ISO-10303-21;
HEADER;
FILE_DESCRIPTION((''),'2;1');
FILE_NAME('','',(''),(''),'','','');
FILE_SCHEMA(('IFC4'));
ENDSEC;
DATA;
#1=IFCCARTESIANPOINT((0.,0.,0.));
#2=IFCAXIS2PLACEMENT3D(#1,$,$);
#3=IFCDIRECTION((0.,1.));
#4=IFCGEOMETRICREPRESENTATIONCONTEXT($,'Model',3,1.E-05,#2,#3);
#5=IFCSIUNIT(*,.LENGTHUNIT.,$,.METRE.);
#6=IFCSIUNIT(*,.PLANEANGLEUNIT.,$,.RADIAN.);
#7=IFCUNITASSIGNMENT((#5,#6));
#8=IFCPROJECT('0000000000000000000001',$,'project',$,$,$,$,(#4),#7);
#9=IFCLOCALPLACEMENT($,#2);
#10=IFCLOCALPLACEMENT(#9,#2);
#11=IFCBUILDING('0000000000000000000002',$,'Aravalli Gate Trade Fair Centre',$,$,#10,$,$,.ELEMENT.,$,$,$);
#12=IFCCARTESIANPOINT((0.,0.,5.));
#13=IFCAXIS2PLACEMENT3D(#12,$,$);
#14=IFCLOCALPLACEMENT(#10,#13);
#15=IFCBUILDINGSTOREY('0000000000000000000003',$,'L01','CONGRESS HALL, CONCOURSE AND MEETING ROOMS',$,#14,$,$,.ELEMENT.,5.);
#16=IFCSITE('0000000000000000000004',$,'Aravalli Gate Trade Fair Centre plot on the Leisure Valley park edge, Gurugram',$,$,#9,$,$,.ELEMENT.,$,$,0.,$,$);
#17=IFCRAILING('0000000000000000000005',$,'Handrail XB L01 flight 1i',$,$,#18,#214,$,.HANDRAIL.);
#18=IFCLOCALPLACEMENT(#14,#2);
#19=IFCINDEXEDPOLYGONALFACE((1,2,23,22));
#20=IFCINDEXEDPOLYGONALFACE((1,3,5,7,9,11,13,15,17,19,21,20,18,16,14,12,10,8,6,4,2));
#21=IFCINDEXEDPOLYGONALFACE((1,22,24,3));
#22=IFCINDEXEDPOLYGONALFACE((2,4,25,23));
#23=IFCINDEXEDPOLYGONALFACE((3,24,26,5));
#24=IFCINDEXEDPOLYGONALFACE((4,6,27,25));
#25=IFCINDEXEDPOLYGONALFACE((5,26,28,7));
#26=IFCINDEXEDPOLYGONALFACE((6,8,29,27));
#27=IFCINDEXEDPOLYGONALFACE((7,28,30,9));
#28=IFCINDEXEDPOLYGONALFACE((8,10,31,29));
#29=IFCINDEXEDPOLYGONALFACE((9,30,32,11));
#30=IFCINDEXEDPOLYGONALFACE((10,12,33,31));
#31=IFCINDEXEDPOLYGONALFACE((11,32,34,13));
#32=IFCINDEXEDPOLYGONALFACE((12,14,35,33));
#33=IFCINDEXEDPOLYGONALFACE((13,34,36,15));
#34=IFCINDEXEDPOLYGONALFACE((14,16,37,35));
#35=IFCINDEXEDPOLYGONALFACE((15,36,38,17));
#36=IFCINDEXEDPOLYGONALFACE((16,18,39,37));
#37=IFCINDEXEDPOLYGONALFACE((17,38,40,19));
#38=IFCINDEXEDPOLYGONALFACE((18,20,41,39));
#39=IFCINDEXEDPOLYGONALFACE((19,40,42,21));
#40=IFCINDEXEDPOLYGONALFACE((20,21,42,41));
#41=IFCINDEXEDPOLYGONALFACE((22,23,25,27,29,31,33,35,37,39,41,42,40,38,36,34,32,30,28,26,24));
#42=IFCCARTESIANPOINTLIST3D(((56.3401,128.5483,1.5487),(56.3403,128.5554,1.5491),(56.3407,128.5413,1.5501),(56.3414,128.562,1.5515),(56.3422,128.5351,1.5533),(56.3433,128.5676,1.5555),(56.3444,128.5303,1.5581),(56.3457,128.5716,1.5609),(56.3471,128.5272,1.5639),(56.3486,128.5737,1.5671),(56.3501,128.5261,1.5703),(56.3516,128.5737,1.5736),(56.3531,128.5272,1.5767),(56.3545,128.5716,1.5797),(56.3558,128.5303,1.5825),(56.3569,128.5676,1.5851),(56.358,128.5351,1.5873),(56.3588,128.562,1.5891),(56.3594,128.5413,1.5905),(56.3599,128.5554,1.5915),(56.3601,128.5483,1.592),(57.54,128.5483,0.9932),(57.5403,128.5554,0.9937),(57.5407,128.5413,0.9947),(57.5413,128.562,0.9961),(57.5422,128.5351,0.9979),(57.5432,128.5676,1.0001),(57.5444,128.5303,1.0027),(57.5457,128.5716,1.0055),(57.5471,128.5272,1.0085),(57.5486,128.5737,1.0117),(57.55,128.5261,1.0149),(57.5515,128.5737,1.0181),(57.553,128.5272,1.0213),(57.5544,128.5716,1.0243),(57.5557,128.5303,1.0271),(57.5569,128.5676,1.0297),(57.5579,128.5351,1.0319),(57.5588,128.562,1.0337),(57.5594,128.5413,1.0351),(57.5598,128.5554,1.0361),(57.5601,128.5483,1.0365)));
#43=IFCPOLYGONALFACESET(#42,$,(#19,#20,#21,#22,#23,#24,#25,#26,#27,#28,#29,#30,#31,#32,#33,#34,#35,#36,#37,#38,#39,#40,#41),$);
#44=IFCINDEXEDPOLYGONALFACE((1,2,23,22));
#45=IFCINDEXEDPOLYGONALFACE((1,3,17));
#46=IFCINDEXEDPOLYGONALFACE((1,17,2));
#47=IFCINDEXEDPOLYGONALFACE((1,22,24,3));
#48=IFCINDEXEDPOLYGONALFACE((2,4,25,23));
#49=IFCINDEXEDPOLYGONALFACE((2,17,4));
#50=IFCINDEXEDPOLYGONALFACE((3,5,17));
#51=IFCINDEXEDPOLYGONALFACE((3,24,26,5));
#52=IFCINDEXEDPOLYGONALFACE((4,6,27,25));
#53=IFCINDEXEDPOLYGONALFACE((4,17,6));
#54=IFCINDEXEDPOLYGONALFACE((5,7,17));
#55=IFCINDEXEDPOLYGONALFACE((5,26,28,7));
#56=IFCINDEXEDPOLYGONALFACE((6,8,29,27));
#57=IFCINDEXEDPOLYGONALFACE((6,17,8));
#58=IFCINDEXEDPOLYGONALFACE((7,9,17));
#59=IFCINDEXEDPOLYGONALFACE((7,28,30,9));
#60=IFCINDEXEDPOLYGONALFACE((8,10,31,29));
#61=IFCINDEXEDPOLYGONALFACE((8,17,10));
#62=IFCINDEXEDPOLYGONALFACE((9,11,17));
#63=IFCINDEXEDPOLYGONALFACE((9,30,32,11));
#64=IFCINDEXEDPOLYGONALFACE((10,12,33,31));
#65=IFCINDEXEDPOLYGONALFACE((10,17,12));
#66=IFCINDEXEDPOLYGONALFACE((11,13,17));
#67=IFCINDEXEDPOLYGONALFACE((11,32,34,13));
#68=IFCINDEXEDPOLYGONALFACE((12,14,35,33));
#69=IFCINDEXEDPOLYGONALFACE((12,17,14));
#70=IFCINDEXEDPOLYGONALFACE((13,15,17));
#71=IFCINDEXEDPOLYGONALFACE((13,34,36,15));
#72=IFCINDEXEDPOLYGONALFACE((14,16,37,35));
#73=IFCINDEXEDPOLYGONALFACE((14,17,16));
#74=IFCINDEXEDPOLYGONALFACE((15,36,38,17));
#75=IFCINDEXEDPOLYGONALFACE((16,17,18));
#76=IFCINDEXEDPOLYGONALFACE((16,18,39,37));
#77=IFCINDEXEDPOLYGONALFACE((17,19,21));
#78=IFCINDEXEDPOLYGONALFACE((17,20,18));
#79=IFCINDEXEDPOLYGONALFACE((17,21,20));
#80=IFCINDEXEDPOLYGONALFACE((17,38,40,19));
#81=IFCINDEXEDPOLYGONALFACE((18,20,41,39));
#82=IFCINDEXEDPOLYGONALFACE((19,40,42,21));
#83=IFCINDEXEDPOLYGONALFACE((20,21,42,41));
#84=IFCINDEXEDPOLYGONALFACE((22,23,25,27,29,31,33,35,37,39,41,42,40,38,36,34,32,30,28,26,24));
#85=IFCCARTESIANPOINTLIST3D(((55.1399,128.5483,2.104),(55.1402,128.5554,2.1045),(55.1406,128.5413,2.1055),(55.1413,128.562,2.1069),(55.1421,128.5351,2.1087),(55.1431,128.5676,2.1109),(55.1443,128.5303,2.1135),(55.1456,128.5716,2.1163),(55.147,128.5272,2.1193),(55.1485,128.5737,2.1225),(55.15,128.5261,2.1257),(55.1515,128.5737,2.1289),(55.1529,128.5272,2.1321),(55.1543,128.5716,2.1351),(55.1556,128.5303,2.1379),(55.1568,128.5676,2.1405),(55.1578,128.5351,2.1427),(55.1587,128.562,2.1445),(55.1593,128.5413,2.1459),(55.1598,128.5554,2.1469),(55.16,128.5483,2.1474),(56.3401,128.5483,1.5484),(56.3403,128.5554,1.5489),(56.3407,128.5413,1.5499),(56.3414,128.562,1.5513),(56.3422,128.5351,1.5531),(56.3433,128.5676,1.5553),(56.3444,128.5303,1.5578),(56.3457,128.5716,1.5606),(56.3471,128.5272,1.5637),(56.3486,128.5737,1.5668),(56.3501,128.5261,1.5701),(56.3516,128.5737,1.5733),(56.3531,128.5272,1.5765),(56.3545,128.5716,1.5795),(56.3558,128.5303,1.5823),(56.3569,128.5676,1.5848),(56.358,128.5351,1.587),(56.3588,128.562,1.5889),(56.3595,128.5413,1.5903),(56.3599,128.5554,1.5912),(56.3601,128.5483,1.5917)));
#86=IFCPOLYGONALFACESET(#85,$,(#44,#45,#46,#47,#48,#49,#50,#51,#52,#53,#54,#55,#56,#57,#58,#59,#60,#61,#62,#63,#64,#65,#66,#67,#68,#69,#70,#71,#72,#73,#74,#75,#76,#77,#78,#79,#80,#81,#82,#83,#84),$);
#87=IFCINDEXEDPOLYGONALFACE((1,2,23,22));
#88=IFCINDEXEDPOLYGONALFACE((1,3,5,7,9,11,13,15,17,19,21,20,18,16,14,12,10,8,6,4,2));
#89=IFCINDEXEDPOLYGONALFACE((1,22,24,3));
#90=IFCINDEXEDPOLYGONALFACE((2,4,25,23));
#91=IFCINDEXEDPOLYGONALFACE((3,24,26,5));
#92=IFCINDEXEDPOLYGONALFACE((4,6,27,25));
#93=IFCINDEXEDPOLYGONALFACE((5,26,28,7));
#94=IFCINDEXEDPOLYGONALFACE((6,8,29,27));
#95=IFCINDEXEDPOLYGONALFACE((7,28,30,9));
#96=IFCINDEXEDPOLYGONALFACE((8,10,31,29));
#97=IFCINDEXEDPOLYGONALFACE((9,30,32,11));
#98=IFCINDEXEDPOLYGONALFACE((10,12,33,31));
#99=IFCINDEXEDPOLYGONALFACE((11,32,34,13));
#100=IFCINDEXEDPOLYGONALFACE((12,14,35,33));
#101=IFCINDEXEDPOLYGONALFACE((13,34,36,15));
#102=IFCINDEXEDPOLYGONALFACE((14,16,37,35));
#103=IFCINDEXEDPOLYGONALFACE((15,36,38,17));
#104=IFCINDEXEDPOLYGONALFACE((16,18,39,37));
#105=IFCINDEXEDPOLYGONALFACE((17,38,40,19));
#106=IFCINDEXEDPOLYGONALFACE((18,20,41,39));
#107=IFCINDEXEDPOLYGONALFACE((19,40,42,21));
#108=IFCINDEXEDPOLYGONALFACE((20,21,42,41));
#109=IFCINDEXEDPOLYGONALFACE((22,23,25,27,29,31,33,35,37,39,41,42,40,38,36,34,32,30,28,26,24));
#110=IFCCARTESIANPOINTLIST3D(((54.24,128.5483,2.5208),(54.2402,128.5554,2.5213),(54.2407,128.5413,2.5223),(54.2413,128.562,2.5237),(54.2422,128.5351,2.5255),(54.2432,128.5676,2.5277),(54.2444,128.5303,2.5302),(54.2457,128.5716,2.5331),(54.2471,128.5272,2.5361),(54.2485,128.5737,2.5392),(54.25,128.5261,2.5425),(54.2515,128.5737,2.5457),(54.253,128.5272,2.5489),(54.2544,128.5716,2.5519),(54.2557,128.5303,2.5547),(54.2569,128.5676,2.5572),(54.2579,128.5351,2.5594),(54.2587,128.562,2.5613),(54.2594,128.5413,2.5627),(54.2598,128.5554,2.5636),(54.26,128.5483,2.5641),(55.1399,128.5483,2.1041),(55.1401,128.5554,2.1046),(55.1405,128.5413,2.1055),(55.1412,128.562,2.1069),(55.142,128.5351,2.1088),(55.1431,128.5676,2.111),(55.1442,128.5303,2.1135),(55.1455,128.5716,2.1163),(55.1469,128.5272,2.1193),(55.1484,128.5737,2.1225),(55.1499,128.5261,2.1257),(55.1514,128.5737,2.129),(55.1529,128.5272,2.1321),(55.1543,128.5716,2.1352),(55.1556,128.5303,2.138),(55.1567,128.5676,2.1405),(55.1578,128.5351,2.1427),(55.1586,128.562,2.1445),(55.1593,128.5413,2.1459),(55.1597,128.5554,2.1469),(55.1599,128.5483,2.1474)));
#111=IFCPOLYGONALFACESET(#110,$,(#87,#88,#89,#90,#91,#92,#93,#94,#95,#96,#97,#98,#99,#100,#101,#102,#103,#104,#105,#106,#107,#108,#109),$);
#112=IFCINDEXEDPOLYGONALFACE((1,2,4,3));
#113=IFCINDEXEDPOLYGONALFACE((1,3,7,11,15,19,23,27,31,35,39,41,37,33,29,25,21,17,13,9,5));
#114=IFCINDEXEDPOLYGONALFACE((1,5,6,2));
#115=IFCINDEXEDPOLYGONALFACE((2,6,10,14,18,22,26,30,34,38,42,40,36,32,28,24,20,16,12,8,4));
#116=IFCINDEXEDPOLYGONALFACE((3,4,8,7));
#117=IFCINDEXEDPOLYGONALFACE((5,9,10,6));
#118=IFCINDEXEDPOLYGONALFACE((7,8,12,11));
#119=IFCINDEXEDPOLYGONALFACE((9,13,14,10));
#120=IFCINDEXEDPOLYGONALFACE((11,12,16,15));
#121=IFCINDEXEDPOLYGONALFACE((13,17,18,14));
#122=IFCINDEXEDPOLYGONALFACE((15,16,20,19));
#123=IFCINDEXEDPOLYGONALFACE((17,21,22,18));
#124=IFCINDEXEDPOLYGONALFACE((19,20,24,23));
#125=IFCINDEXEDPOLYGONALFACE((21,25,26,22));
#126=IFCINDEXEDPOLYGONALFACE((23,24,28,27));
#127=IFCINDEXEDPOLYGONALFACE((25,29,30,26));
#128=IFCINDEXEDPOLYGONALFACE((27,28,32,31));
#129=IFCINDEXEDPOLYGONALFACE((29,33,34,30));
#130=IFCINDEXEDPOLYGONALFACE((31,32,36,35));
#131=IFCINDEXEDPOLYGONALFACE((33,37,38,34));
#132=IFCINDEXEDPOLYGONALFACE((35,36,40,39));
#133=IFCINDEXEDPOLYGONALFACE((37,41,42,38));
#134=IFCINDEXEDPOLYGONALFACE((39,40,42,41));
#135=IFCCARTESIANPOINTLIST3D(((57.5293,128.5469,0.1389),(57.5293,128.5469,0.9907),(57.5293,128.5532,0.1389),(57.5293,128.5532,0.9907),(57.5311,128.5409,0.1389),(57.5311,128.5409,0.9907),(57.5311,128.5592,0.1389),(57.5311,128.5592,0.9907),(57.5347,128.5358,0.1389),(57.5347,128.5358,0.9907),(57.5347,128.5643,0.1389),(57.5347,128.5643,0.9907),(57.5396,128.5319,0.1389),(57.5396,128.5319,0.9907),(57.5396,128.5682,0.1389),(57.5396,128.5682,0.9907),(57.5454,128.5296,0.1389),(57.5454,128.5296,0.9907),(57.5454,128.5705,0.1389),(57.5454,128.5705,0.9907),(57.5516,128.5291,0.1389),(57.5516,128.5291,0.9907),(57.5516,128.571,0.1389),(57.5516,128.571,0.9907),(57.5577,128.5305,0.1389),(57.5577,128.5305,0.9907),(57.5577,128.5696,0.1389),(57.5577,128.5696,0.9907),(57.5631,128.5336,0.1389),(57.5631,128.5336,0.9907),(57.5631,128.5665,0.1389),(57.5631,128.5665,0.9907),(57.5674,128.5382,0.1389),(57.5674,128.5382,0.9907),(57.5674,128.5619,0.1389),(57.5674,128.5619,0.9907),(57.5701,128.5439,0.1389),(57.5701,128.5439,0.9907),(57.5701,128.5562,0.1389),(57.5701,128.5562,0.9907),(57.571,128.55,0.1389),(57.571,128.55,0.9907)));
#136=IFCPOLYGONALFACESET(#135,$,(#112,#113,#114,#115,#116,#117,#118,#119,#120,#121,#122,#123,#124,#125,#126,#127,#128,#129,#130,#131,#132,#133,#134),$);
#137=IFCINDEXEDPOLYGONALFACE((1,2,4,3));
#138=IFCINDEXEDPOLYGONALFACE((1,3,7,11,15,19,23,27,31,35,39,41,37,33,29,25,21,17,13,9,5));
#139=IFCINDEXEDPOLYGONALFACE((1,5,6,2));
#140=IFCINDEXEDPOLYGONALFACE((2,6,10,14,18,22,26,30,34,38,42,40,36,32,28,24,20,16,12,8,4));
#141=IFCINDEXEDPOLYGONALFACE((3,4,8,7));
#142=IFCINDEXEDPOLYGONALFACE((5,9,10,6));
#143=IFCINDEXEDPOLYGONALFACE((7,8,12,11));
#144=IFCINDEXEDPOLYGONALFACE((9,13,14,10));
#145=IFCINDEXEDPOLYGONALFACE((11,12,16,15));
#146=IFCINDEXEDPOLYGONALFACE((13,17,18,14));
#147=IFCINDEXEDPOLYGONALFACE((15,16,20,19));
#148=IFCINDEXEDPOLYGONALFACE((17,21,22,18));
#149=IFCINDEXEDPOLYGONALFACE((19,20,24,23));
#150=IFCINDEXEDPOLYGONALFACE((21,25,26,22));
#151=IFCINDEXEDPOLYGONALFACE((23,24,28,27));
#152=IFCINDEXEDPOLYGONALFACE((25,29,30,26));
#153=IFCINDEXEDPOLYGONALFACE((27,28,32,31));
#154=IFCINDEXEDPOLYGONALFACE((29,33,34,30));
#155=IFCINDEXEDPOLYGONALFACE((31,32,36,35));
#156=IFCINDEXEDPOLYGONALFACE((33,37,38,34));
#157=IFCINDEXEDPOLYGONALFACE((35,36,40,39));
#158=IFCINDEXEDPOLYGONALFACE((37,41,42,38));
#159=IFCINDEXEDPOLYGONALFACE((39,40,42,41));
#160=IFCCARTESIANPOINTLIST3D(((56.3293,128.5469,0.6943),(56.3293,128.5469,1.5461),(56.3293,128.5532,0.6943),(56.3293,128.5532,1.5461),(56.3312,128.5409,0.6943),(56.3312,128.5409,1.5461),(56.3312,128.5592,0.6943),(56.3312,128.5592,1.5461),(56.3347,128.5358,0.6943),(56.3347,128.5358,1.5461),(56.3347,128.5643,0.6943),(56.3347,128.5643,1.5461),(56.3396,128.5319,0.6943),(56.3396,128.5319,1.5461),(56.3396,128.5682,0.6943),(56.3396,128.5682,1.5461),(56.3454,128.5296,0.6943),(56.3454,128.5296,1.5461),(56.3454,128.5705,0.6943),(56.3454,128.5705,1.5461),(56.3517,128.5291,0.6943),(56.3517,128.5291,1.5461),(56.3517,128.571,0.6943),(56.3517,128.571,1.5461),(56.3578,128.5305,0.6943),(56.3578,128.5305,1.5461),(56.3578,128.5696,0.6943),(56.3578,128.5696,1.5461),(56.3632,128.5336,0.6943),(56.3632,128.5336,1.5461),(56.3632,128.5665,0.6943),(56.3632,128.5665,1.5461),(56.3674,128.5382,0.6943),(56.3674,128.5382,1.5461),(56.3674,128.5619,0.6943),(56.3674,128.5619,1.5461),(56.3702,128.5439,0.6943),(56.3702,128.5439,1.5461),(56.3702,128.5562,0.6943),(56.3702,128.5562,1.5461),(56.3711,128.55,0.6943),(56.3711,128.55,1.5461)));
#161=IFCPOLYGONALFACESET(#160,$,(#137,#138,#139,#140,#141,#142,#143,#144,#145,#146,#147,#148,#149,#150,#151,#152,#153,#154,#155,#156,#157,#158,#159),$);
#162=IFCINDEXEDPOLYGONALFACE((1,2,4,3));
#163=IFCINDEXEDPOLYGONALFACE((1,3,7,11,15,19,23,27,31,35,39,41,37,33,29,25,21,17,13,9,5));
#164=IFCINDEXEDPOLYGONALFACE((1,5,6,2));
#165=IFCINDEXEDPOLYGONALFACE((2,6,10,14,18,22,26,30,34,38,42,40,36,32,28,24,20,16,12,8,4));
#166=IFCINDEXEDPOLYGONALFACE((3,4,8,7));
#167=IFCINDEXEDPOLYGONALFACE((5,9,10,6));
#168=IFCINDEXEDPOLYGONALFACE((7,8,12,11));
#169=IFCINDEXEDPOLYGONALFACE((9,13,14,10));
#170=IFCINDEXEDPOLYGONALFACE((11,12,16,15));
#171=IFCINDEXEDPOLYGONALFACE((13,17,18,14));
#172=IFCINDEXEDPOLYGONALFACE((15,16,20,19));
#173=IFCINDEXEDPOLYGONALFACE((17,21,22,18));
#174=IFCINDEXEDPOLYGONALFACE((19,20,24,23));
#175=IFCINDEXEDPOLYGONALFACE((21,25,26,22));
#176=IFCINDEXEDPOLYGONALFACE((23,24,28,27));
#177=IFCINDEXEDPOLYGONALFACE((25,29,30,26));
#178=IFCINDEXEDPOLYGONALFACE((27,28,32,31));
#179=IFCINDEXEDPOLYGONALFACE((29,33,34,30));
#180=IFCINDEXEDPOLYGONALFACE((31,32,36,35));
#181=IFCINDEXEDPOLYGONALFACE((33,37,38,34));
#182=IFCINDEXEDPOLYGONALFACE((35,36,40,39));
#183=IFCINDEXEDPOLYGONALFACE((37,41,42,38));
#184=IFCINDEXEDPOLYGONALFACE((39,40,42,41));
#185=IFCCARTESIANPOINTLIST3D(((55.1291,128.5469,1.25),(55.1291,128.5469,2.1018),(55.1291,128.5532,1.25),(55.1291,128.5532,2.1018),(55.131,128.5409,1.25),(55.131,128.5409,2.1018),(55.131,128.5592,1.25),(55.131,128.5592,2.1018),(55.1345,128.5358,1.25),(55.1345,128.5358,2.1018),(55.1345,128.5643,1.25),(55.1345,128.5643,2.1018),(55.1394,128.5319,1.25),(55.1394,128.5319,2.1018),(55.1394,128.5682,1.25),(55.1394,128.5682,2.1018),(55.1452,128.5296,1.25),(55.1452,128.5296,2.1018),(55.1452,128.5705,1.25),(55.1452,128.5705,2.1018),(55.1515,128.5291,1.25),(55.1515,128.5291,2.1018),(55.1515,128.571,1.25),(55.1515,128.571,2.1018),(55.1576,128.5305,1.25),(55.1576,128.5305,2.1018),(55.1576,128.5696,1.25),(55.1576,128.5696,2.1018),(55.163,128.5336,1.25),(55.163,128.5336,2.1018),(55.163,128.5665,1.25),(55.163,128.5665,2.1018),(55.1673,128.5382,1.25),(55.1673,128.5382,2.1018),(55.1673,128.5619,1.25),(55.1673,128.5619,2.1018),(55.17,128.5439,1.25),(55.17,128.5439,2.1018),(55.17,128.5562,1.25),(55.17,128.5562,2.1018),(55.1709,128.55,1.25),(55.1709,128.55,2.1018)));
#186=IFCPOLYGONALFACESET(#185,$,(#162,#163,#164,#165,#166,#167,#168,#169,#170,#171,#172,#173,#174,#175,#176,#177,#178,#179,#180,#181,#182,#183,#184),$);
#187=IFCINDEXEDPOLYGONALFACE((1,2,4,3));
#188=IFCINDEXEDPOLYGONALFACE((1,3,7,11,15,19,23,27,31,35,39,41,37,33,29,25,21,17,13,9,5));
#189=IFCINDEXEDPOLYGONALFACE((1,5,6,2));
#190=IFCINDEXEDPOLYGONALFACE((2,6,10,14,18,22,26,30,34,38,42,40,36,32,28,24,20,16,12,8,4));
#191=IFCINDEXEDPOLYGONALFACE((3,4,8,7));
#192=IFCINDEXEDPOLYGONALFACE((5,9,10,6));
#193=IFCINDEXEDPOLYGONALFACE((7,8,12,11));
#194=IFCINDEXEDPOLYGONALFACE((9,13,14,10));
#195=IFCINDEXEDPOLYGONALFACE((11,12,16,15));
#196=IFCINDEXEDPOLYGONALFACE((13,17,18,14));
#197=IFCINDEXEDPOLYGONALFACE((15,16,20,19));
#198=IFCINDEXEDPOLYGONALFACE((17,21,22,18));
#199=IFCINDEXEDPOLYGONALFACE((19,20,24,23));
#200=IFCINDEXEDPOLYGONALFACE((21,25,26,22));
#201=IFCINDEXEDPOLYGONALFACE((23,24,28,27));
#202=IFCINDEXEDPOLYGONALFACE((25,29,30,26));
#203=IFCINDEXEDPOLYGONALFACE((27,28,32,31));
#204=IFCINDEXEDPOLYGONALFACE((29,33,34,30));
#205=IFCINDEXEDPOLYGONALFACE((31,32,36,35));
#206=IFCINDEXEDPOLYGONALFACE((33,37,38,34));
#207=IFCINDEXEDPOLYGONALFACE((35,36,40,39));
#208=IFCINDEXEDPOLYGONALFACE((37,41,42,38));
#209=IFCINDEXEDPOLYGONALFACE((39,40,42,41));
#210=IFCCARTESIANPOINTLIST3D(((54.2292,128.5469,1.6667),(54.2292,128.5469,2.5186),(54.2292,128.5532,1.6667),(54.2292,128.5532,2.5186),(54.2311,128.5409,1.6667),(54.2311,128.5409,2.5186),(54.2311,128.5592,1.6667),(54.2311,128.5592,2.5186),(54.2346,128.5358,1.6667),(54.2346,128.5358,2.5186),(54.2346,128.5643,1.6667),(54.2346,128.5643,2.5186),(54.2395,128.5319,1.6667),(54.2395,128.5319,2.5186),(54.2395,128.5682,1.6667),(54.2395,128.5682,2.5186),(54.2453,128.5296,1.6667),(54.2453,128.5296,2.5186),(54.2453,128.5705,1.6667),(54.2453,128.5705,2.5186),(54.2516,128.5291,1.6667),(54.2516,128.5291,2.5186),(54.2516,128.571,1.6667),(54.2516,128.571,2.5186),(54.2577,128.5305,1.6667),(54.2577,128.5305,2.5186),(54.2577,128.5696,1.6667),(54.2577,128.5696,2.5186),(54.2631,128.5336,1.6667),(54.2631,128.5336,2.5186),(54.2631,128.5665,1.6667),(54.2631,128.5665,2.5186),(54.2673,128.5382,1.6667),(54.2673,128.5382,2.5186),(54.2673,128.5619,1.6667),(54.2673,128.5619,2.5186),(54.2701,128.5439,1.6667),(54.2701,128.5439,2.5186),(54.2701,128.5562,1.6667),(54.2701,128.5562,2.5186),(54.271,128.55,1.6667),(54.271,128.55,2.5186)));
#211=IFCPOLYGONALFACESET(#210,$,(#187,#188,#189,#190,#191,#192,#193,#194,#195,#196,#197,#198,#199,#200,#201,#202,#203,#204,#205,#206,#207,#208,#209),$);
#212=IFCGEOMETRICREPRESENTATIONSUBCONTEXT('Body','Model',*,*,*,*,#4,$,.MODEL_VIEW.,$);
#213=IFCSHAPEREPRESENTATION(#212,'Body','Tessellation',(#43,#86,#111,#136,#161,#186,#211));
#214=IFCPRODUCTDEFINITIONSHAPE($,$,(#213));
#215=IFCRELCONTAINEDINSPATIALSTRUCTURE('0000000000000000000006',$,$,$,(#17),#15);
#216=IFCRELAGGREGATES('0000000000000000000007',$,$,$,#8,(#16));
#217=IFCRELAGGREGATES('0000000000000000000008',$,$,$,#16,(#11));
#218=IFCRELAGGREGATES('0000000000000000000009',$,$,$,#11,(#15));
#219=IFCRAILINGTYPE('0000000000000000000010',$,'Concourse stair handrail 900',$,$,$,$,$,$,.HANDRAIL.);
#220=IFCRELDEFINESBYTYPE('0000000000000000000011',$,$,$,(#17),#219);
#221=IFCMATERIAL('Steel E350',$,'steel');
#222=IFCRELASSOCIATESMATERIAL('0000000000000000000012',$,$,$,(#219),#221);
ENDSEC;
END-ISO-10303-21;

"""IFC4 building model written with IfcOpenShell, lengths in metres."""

from ifc_helpers import new_model, si_unit, direction, frame, origin, origin_2d, place, context, subcontext, project, spatial, circle, extrude, material, type_object, element, save


model = new_model("IFC4")

# Units and contexts
model_context = context("Model", 3, precision=1e-05, world=origin(), true_north=direction((0.0, 1.0)))
body_context = subcontext(model_context, "Body", "Model", "MODEL_VIEW")
ifc_project = project(units=[si_unit("LENGTHUNIT", "METRE"), si_unit("PLANEANGLEUNIT", "RADIAN")], contexts=[model_context])

# Site, building, storey
site_placement = place(None, origin())
site = spatial("IfcSite", under=ifc_project, at=site_placement, Name="Aravalli Gate Trade Fair Centre plot on the Leisure Valley park edge, Gurugram", CompositionType="ELEMENT", RefElevation=0.0)
building_placement = place(site_placement, origin())
building = spatial("IfcBuilding", under=site, at=building_placement, Name="Aravalli Gate Trade Fair Centre", CompositionType="ELEMENT")
storey_placement = place(building_placement, frame((0.0, 0.0, 5.0)))
storey = spatial("IfcBuildingStorey", under=building, at=storey_placement, Name="L01", Description="CONGRESS HALL, CONCOURSE AND MEETING ROOMS", CompositionType="ELEMENT", Elevation=5.0)

# Shared definitions
ifc_material_1 = material(Name="Steel E350", Category="steel")

# Railing
railing_type = type_object("IfcRailingType", Name="Concourse stair handrail 900", PredefinedType="HANDRAIL", material=ifc_material_1)
for number, where, name in (
    (1, (57.55, 128.55, 0.1389), "Handrail XB L01 flight 1i"),
):
    element("IfcRailing", number, at=place(storey_placement, frame(where)), inside=storey, type_object=railing_type, Name=name, PredefinedType="HANDRAIL", context=body_context, shape_type="SweptSolid", body=[
        extrude(circle(Radius=0.0239, at=origin_2d()), frame((0.0, 0.0, 0.876), z_axis=(-0.907499, 0.0, 0.420053), x_axis=(0.0, -1.0, 0.0)), (0.0, 0.0, 1.0), 1.3223),
        extrude(circle(Radius=0.0239, at=origin_2d()), frame((-1.2, 0.0, 1.4312), z_axis=(-0.907462, 0.0, 0.420135), x_axis=(0.0, -1.0, 0.0)), (0.0, 0.0, 1.0), 1.3225),
        extrude(circle(Radius=0.0239, at=origin_2d()), frame((-2.4001, 0.0, 1.9868), z_axis=(-0.907418, 0.0, 0.420229), x_axis=(0.0, -1.0, 0.0)), (0.0, 0.0, 1.0), 0.9917),
        extrude(circle(Radius=0.021, at=origin_2d()), origin(), (0.0, 0.0, 1.0), 0.8518),
        extrude(circle(Radius=0.021, at=origin_2d()), frame((-1.2, 0.0, 0.5554)), (0.0, 0.0, 1.0), 0.8518),
        extrude(circle(Radius=0.021, at=origin_2d()), frame((-2.4001, 0.0, 1.1111)), (0.0, 0.0, 1.0), 0.8518),
        extrude(circle(Radius=0.021, at=origin_2d()), frame((-3.3, 0.0, 1.5278)), (0.0, 0.0, 1.0), 0.8518),
    ])

save(model, "model.ifc")
